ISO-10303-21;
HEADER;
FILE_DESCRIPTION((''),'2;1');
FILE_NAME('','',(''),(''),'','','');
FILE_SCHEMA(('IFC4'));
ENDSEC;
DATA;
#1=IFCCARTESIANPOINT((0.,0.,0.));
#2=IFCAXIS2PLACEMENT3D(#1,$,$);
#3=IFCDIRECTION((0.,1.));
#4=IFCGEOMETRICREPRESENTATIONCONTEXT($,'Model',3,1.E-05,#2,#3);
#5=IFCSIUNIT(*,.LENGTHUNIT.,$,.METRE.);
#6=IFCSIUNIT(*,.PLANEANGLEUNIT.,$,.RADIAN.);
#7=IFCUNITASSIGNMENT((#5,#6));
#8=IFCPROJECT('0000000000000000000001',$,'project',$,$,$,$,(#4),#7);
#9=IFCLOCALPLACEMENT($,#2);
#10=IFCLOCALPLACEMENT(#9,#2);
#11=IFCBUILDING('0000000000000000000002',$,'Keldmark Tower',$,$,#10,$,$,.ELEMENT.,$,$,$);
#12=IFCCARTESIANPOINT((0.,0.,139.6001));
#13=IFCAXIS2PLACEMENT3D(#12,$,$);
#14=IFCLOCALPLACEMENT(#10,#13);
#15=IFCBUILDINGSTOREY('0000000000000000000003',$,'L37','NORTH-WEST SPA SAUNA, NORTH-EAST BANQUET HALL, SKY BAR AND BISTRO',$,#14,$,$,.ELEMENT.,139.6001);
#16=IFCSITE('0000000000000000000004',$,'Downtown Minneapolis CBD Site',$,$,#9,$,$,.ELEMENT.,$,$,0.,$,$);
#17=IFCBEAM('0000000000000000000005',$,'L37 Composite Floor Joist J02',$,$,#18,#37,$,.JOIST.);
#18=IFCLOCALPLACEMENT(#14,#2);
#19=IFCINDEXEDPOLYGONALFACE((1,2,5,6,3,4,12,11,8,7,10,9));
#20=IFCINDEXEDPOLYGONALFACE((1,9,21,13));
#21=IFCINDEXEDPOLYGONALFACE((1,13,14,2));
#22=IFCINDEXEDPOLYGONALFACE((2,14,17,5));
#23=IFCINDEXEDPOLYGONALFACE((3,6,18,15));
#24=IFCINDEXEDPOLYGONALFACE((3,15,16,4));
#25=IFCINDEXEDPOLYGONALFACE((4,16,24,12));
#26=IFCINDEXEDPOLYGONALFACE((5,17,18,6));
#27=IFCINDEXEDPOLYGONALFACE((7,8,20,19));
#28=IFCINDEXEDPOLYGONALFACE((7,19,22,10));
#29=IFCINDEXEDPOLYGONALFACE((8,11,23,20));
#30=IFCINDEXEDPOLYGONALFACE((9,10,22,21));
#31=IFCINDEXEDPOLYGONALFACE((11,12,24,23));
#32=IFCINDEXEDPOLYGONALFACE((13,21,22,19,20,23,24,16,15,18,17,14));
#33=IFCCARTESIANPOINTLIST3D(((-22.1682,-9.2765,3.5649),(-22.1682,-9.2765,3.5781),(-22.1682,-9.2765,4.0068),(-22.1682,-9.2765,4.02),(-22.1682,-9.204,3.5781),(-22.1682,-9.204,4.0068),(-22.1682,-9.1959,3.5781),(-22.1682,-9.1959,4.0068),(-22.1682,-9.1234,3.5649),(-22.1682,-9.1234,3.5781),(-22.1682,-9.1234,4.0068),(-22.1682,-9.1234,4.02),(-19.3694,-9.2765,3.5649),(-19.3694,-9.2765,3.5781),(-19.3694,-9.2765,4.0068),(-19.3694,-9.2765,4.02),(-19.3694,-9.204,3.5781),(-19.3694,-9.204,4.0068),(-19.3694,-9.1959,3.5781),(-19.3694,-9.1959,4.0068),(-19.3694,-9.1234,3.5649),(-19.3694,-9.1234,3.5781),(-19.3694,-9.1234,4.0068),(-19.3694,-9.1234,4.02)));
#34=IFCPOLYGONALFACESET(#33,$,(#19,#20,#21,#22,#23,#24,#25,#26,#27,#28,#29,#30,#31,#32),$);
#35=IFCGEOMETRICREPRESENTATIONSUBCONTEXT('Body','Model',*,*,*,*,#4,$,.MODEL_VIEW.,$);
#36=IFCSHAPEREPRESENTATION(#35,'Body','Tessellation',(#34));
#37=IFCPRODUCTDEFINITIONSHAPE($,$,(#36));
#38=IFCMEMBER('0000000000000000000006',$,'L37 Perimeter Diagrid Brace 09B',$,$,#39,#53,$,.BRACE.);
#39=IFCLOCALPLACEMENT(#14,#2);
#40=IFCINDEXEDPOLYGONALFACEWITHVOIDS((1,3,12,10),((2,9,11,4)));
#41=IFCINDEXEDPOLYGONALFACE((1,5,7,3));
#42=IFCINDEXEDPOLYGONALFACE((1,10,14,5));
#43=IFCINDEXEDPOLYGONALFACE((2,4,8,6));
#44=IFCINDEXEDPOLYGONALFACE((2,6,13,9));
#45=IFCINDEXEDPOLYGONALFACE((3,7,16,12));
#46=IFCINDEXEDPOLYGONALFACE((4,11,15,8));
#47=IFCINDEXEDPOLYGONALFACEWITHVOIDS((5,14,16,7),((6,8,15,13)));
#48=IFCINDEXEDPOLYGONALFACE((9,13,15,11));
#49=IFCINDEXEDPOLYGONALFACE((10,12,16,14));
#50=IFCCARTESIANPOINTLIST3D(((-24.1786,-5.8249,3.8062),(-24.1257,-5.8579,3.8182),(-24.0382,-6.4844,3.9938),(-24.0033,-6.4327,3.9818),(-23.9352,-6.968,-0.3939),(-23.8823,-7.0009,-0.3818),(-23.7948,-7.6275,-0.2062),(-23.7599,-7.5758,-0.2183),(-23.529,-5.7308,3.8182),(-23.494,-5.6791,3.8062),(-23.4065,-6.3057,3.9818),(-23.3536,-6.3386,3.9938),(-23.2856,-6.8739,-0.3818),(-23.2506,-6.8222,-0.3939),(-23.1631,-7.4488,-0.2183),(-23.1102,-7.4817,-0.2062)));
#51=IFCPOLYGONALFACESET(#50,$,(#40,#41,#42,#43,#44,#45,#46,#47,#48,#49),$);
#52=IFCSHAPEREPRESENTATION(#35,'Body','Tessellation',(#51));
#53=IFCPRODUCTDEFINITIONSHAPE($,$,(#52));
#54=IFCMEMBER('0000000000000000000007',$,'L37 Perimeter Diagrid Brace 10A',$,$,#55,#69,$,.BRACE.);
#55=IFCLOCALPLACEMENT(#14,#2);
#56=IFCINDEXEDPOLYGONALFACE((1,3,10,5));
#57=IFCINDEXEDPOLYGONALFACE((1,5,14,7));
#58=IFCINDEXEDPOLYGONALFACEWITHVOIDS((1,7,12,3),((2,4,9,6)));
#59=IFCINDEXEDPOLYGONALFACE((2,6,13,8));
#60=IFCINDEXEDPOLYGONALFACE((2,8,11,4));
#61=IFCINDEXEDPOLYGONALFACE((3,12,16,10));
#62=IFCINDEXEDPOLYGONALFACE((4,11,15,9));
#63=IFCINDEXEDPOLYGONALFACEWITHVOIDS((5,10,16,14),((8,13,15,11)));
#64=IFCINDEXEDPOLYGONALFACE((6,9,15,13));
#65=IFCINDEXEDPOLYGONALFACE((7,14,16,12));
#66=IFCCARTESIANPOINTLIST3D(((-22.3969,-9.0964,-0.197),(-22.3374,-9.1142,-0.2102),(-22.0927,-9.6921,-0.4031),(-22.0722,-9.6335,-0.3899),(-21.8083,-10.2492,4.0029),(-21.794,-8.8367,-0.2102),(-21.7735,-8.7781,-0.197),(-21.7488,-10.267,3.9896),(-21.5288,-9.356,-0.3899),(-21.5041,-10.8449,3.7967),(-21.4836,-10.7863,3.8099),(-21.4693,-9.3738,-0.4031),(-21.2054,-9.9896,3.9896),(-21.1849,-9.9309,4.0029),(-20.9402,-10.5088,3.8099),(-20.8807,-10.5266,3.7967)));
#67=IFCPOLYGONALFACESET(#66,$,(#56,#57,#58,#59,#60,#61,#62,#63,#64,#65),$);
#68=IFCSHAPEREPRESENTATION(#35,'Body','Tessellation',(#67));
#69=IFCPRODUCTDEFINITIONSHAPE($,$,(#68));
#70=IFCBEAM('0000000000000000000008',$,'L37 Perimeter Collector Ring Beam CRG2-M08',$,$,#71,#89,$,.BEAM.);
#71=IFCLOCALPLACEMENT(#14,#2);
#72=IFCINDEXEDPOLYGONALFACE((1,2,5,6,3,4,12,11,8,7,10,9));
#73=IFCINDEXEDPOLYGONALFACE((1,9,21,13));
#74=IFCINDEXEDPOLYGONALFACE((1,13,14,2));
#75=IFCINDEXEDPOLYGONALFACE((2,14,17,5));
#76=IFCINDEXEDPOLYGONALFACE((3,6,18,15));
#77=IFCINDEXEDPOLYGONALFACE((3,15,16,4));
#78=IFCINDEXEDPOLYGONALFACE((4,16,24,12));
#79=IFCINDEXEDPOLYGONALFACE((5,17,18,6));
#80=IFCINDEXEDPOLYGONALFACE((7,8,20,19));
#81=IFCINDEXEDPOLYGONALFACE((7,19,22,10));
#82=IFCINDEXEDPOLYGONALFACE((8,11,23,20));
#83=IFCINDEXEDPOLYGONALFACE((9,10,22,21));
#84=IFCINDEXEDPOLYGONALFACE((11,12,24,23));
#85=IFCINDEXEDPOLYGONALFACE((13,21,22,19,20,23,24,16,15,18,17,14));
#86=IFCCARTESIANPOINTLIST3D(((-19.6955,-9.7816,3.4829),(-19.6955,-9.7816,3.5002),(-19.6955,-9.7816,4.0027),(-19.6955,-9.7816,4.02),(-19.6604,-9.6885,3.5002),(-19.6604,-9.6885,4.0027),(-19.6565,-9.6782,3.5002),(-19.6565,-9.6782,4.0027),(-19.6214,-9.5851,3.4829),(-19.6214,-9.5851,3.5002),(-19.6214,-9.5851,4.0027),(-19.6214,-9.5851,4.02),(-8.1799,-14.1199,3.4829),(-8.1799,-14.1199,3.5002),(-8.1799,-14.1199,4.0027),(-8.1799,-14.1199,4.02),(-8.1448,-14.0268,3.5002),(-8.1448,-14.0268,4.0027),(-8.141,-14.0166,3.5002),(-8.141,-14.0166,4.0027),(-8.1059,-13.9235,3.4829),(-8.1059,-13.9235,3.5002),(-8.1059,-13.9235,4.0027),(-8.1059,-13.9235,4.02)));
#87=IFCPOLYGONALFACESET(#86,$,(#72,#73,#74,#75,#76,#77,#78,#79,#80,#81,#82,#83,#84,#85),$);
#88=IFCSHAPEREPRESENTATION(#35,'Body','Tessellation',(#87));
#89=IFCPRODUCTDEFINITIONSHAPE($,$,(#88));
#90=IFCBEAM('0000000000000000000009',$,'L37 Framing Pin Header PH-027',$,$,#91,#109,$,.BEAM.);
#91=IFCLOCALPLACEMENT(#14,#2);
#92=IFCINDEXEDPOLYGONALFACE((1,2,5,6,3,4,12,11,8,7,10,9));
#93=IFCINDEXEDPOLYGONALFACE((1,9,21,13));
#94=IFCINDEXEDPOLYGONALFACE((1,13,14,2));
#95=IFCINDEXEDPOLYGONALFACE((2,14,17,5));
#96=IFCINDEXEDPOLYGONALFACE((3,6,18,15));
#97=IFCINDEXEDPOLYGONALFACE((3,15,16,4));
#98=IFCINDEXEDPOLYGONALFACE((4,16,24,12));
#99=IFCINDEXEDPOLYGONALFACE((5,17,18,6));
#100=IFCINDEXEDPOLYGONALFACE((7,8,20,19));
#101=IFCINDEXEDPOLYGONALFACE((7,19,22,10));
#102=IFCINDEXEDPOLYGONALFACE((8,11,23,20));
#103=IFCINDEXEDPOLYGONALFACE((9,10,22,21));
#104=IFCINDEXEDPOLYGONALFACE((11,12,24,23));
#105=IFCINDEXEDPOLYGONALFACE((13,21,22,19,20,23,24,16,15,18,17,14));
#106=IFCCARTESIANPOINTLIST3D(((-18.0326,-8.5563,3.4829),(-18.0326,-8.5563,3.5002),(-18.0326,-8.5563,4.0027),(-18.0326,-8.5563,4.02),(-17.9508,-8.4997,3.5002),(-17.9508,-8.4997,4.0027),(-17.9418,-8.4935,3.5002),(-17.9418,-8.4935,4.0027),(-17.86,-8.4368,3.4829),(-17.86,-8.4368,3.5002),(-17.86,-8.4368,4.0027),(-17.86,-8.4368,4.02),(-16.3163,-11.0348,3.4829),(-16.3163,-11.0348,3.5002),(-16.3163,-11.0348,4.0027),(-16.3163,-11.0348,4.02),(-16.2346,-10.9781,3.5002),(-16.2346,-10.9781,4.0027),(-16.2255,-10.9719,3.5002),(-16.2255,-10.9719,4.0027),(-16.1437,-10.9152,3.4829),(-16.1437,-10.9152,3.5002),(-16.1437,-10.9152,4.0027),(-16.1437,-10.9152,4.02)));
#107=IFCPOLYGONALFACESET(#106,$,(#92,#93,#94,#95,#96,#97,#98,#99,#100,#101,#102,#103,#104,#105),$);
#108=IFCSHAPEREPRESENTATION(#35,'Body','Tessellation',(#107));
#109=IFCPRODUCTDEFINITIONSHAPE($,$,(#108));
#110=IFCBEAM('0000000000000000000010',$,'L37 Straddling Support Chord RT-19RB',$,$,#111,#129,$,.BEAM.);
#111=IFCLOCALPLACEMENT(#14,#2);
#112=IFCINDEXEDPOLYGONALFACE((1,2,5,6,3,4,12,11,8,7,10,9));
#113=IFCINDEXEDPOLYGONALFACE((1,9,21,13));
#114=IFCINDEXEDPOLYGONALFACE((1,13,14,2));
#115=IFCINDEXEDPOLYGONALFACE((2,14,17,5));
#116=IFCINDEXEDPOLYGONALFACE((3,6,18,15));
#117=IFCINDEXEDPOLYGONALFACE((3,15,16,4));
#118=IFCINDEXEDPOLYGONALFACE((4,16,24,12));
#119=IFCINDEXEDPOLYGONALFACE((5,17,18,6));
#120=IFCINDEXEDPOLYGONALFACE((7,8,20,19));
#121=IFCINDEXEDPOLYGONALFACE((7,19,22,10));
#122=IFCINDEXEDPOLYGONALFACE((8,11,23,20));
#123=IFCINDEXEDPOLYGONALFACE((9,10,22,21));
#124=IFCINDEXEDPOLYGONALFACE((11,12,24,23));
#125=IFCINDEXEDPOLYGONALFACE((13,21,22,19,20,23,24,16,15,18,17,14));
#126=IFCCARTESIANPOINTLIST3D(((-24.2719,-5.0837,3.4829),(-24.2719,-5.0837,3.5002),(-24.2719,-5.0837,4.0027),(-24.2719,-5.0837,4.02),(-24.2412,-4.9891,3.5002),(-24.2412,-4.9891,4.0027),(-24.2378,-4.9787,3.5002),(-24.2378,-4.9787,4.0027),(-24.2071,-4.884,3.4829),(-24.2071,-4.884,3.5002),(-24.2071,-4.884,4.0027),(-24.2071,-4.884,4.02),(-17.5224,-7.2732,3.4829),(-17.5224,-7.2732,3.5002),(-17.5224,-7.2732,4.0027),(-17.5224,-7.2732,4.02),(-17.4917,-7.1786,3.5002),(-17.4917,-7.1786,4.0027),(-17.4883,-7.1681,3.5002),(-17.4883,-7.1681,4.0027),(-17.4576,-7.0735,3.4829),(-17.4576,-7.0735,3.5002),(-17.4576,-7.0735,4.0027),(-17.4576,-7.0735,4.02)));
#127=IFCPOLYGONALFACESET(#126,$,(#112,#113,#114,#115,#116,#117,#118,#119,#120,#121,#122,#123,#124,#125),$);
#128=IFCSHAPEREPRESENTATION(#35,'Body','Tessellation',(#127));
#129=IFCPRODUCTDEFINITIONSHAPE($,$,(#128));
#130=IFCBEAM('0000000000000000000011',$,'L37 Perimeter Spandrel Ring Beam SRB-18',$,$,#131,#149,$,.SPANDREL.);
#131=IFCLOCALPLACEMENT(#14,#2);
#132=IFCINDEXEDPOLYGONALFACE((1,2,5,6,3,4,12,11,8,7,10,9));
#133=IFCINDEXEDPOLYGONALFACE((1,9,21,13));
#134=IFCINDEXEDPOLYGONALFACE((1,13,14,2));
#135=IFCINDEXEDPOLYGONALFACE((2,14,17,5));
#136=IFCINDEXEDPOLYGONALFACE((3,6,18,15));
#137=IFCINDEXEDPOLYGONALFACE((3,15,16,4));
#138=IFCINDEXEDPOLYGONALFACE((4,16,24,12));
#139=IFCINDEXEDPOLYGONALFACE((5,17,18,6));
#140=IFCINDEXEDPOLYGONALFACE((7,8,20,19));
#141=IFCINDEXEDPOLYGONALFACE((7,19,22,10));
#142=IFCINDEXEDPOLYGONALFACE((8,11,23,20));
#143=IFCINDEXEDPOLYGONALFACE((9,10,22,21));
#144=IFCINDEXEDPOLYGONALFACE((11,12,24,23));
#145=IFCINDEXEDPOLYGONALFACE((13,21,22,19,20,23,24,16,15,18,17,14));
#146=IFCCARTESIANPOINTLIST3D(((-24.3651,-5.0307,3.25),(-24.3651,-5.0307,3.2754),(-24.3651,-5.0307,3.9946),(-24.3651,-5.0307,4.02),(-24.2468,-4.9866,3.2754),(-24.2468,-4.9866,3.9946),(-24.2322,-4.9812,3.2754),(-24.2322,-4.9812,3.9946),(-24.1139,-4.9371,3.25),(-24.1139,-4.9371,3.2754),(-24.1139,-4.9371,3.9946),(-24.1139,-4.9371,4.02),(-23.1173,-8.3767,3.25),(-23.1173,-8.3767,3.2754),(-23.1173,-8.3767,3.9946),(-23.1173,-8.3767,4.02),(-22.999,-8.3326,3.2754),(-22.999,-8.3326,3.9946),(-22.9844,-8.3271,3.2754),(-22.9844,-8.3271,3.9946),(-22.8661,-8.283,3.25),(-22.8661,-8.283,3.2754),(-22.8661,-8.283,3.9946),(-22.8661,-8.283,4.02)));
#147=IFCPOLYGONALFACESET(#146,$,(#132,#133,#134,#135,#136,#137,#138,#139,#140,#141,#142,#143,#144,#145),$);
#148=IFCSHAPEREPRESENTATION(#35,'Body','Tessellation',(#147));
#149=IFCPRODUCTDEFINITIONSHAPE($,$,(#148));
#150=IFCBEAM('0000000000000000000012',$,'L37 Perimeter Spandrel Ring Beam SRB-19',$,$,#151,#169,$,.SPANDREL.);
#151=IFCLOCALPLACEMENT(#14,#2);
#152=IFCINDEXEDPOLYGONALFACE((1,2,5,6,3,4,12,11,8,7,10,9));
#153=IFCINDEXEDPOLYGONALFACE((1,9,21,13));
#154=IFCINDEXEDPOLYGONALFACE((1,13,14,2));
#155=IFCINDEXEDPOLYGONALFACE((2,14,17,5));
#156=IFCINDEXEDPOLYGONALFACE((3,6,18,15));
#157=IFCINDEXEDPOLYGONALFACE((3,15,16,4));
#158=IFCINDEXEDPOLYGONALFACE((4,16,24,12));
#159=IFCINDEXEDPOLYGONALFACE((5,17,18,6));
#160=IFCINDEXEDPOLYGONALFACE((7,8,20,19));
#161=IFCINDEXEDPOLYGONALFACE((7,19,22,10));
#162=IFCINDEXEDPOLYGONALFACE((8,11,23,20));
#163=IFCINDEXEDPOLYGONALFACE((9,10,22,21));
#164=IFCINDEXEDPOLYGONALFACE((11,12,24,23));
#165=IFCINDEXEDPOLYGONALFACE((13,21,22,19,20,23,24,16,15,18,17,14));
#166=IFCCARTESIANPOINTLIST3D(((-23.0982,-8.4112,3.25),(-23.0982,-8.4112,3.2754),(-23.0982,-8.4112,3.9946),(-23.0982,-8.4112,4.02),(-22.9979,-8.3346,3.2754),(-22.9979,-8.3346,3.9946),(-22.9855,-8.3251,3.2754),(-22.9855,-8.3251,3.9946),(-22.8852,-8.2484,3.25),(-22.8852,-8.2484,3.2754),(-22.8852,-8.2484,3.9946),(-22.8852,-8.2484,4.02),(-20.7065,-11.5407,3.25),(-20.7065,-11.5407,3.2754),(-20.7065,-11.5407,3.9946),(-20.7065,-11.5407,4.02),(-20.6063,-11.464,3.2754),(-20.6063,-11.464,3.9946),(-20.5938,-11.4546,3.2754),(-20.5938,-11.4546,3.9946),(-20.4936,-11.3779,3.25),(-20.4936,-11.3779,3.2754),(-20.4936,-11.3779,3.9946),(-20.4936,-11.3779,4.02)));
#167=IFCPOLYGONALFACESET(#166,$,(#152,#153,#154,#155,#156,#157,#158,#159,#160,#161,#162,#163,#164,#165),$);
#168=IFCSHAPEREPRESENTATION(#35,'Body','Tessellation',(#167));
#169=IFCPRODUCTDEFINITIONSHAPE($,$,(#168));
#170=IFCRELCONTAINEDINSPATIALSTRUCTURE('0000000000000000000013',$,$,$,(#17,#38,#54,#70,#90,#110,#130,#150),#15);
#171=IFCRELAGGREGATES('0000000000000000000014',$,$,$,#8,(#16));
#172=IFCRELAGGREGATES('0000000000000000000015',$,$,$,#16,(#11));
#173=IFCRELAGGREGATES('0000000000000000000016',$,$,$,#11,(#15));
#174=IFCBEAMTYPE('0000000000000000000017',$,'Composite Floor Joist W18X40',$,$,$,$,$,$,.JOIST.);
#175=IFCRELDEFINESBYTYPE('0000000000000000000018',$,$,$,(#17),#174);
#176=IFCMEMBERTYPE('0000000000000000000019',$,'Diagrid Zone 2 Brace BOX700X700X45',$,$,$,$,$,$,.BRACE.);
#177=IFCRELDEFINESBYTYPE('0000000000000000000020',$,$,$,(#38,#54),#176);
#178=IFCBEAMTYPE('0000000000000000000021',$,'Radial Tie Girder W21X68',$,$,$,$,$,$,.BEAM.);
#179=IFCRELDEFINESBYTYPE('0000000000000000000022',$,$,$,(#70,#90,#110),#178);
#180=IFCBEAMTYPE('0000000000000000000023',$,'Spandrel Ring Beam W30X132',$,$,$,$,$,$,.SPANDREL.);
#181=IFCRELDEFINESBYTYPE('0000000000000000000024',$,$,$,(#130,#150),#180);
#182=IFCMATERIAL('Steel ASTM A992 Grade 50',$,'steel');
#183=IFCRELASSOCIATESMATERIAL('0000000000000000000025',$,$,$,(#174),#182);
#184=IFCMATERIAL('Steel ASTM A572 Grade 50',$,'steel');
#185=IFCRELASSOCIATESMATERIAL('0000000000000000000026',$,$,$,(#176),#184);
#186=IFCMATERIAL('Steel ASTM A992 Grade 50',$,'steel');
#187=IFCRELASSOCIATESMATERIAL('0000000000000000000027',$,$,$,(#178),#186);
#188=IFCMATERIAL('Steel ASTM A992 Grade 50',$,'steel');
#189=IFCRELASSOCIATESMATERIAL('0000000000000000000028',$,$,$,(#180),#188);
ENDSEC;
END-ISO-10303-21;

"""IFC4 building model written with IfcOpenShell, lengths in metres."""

from ifc_helpers import new_model, si_unit, direction, frame, origin, origin_2d, place, context, subcontext, project, spatial, hollow_rectangle, i_section, extrude, material, material_profile, profile_set, type_object, element, save


model = new_model("IFC4")

# Units and contexts
model_context = context("Model", 3, precision=1e-05, world=origin(), true_north=direction((0.0, 1.0)))
body_context = subcontext(model_context, "Body", "Model", "MODEL_VIEW")
ifc_project = project(units=[si_unit("LENGTHUNIT", "METRE"), si_unit("PLANEANGLEUNIT", "RADIAN")], contexts=[model_context])

# Site, building, storey
site_placement = place(None, origin())
site = spatial("IfcSite", under=ifc_project, at=site_placement, Name="Downtown Minneapolis CBD Site", CompositionType="ELEMENT", RefElevation=0.0)
building_placement = place(site_placement, origin())
building = spatial("IfcBuilding", under=site, at=building_placement, Name="Keldmark Tower", CompositionType="ELEMENT")
storey_placement = place(building_placement, frame((0.0, 0.0, 139.6001)))
storey = spatial("IfcBuildingStorey", under=building, at=storey_placement, Name="L37", Description="NORTH-WEST SPA SAUNA, NORTH-EAST BANQUET HALL, SKY BAR AND BISTRO", CompositionType="ELEMENT", Elevation=139.6001)

# Beam
ifc_material_1 = material(Name="Steel ASTM A992 Grade 50", Category="steel")
ifc_material_profile_1 = material_profile(ifc_material_1, i_section(OverallWidth=0.1531, OverallDepth=0.4551, WebThickness=0.0081, FlangeThickness=0.0132, at=origin_2d()), Name="W18X40")
ifc_profile_set_1 = profile_set([ifc_material_profile_1], Name="Steel ASTM A992 Grade 50")
beam_type_1 = type_object("IfcBeamType", Name="Composite Floor Joist W18X40", PredefinedType="JOIST", material=ifc_profile_set_1)
beam_1_placement = place(storey_placement, frame((-22.1682, -9.2, 3.7925), z_axis=(1.0, 0.0, 0.0), x_axis=(0.0, 1.0, 0.0)))
element("IfcBeam", 1, at=beam_1_placement, inside=storey, type_object=beam_type_1, Name="L37 Composite Floor Joist J02", PredefinedType="JOIST", context=body_context, shape_type="SweptSolid", body=[
    extrude(i_section(OverallWidth=0.1531, OverallDepth=0.4551, WebThickness=0.0081, FlangeThickness=0.0132, at=origin_2d()), origin(), (0.0, 0.0, 1.0), 2.7988),
])

# Members
ifc_material_2 = material(Name="Steel ASTM A572 Grade 50", Category="steel")
ifc_material_profile_2 = material_profile(ifc_material_2, hollow_rectangle(XDim=0.7, YDim=0.7, WallThickness=0.0449, at=origin_2d()), Name="BOX700X700X45")
ifc_profile_set_2 = profile_set([ifc_material_profile_2], Name="Steel ASTM A572 Grade 50")
member_type = type_object("IfcMemberType", Name="Diagrid Zone 2 Brace BOX700X700X45", PredefinedType="BRACE", material=ifc_profile_set_2)
member_1_placement = place(storey_placement, frame((-23.5227, -7.2249, -0.3), z_axis=(-0.055834, 0.2622, 0.963397), x_axis=(-0.978071, -0.208273, 0.0)))
element("IfcMember", 2, at=member_1_placement, inside=storey, type_object=member_type, Name="L37 Perimeter Diagrid Brace 09B", PredefinedType="BRACE", context=body_context, shape_type="SweptSolid", body=[
    extrude(hollow_rectangle(XDim=0.7, YDim=0.7, WallThickness=0.0449, at=origin_2d()), origin(), (0.0, 0.0, 1.0), 4.3596),
])
member_2_placement = place(storey_placement, frame((-21.9331, -9.2351, -0.3), z_axis=(0.133933, -0.262312, 0.955643), x_axis=(0.890623, 0.454742, 0.0)))
element("IfcMember", 3, at=member_2_placement, inside=storey, type_object=member_type, Name="L37 Perimeter Diagrid Brace 10A", PredefinedType="BRACE", context=body_context, shape_type="SweptSolid", body=[
    extrude(hollow_rectangle(XDim=0.7, YDim=0.7, WallThickness=0.0449, at=origin_2d()), origin(), (0.0, 0.0, 1.0), 4.3948),
])

# Beams
ifc_material_3 = material(Name="Steel ASTM A992 Grade 50", Category="steel")
ifc_material_profile_3 = material_profile(ifc_material_3, i_section(OverallWidth=0.21, OverallDepth=0.5371, WebThickness=0.011, FlangeThickness=0.0173, at=origin_2d()), Name="W21X68")
ifc_profile_set_3 = profile_set([ifc_material_profile_3], Name="Steel ASTM A992 Grade 50")
beam_type_2 = type_object("IfcBeamType", Name="Radial Tie Girder W21X68", PredefinedType="BEAM", material=ifc_profile_set_3)
beam_2_placement = place(storey_placement, frame((-19.6584, -9.6833, 3.7515), z_axis=(0.935793, -0.352549, 0.0), x_axis=(0.352549, 0.935793, 0.0)))
element("IfcBeam", 4, at=beam_2_placement, inside=storey, type_object=beam_type_2, Name="L37 Perimeter Collector Ring Beam CRG2-M08", PredefinedType="BEAM", context=body_context, shape_type="SweptSolid", body=[
    extrude(i_section(OverallWidth=0.21, OverallDepth=0.5371, WebThickness=0.011, FlangeThickness=0.0173, at=origin_2d()), origin(), (0.0, 0.0, 1.0), 12.3057),
])
beam_3_placement = place(storey_placement, frame((-17.9463, -8.4966, 3.7515), z_axis=(0.569303, -0.822128, 0.0), x_axis=(0.822128, 0.569303, 0.0)))
element("IfcBeam", 5, at=beam_3_placement, inside=storey, type_object=beam_type_2, Name="L37 Framing Pin Header PH-027", PredefinedType="BEAM", context=body_context, shape_type="SweptSolid", body=[
    extrude(i_section(OverallWidth=0.21, OverallDepth=0.5371, WebThickness=0.011, FlangeThickness=0.0173, at=origin_2d()), origin(), (0.0, 0.0, 1.0), 3.0146),
])
beam_4_placement = place(storey_placement, frame((-24.2395, -4.9839, 3.7515), z_axis=(0.951205, -0.308559, 0.0), x_axis=(0.308559, 0.951205, 0.0)))
element("IfcBeam", 6, at=beam_4_placement, inside=storey, type_object=beam_type_2, Name="L37 Straddling Support Chord RT-19RB", PredefinedType="BEAM", context=body_context, shape_type="SweptSolid", body=[
    extrude(i_section(OverallWidth=0.21, OverallDepth=0.5371, WebThickness=0.011, FlangeThickness=0.0173, at=origin_2d()), origin(), (0.0, 0.0, 1.0), 7.0957),
])
ifc_material_4 = material(Name="Steel ASTM A992 Grade 50", Category="steel")
ifc_material_profile_4 = material_profile(ifc_material_4, i_section(OverallWidth=0.2681, OverallDepth=0.77, WebThickness=0.0156, FlangeThickness=0.0254, at=origin_2d()), Name="W30X132")
ifc_profile_set_4 = profile_set([ifc_material_profile_4], Name="Steel ASTM A992 Grade 50")
beam_type_3 = type_object("IfcBeamType", Name="Spandrel Ring Beam W30X132", PredefinedType="SPANDREL", material=ifc_profile_set_4)
beam_5_placement = place(storey_placement, frame((-24.2395, -4.9839, 3.635), z_axis=(0.349422, -0.936965, 0.0), x_axis=(0.936965, 0.349422, 0.0)))
element("IfcBeam", 7, at=beam_5_placement, inside=storey, type_object=beam_type_3, Name="L37 Perimeter Spandrel Ring Beam SRB-18", PredefinedType="SPANDREL", context=body_context, shape_type="SweptSolid", body=[
    extrude(i_section(OverallWidth=0.2681, OverallDepth=0.77, WebThickness=0.0156, FlangeThickness=0.0254, at=origin_2d()), origin(), (0.0, 0.0, 1.0), 3.571),
])
beam_6_placement = place(storey_placement, frame((-22.9917, -8.3298, 3.635), z_axis=(0.607215, -0.794537, 0.0), x_axis=(0.794537, 0.607215, 0.0)))
element("IfcBeam", 8, at=beam_6_placement, inside=storey, type_object=beam_type_3, Name="L37 Perimeter Spandrel Ring Beam SRB-19", PredefinedType="SPANDREL", context=body_context, shape_type="SweptSolid", body=[
    extrude(i_section(OverallWidth=0.2681, OverallDepth=0.77, WebThickness=0.0156, FlangeThickness=0.0254, at=origin_2d()), origin(), (0.0, 0.0, 1.0), 3.9387),
])

save(model, "model.ifc")
